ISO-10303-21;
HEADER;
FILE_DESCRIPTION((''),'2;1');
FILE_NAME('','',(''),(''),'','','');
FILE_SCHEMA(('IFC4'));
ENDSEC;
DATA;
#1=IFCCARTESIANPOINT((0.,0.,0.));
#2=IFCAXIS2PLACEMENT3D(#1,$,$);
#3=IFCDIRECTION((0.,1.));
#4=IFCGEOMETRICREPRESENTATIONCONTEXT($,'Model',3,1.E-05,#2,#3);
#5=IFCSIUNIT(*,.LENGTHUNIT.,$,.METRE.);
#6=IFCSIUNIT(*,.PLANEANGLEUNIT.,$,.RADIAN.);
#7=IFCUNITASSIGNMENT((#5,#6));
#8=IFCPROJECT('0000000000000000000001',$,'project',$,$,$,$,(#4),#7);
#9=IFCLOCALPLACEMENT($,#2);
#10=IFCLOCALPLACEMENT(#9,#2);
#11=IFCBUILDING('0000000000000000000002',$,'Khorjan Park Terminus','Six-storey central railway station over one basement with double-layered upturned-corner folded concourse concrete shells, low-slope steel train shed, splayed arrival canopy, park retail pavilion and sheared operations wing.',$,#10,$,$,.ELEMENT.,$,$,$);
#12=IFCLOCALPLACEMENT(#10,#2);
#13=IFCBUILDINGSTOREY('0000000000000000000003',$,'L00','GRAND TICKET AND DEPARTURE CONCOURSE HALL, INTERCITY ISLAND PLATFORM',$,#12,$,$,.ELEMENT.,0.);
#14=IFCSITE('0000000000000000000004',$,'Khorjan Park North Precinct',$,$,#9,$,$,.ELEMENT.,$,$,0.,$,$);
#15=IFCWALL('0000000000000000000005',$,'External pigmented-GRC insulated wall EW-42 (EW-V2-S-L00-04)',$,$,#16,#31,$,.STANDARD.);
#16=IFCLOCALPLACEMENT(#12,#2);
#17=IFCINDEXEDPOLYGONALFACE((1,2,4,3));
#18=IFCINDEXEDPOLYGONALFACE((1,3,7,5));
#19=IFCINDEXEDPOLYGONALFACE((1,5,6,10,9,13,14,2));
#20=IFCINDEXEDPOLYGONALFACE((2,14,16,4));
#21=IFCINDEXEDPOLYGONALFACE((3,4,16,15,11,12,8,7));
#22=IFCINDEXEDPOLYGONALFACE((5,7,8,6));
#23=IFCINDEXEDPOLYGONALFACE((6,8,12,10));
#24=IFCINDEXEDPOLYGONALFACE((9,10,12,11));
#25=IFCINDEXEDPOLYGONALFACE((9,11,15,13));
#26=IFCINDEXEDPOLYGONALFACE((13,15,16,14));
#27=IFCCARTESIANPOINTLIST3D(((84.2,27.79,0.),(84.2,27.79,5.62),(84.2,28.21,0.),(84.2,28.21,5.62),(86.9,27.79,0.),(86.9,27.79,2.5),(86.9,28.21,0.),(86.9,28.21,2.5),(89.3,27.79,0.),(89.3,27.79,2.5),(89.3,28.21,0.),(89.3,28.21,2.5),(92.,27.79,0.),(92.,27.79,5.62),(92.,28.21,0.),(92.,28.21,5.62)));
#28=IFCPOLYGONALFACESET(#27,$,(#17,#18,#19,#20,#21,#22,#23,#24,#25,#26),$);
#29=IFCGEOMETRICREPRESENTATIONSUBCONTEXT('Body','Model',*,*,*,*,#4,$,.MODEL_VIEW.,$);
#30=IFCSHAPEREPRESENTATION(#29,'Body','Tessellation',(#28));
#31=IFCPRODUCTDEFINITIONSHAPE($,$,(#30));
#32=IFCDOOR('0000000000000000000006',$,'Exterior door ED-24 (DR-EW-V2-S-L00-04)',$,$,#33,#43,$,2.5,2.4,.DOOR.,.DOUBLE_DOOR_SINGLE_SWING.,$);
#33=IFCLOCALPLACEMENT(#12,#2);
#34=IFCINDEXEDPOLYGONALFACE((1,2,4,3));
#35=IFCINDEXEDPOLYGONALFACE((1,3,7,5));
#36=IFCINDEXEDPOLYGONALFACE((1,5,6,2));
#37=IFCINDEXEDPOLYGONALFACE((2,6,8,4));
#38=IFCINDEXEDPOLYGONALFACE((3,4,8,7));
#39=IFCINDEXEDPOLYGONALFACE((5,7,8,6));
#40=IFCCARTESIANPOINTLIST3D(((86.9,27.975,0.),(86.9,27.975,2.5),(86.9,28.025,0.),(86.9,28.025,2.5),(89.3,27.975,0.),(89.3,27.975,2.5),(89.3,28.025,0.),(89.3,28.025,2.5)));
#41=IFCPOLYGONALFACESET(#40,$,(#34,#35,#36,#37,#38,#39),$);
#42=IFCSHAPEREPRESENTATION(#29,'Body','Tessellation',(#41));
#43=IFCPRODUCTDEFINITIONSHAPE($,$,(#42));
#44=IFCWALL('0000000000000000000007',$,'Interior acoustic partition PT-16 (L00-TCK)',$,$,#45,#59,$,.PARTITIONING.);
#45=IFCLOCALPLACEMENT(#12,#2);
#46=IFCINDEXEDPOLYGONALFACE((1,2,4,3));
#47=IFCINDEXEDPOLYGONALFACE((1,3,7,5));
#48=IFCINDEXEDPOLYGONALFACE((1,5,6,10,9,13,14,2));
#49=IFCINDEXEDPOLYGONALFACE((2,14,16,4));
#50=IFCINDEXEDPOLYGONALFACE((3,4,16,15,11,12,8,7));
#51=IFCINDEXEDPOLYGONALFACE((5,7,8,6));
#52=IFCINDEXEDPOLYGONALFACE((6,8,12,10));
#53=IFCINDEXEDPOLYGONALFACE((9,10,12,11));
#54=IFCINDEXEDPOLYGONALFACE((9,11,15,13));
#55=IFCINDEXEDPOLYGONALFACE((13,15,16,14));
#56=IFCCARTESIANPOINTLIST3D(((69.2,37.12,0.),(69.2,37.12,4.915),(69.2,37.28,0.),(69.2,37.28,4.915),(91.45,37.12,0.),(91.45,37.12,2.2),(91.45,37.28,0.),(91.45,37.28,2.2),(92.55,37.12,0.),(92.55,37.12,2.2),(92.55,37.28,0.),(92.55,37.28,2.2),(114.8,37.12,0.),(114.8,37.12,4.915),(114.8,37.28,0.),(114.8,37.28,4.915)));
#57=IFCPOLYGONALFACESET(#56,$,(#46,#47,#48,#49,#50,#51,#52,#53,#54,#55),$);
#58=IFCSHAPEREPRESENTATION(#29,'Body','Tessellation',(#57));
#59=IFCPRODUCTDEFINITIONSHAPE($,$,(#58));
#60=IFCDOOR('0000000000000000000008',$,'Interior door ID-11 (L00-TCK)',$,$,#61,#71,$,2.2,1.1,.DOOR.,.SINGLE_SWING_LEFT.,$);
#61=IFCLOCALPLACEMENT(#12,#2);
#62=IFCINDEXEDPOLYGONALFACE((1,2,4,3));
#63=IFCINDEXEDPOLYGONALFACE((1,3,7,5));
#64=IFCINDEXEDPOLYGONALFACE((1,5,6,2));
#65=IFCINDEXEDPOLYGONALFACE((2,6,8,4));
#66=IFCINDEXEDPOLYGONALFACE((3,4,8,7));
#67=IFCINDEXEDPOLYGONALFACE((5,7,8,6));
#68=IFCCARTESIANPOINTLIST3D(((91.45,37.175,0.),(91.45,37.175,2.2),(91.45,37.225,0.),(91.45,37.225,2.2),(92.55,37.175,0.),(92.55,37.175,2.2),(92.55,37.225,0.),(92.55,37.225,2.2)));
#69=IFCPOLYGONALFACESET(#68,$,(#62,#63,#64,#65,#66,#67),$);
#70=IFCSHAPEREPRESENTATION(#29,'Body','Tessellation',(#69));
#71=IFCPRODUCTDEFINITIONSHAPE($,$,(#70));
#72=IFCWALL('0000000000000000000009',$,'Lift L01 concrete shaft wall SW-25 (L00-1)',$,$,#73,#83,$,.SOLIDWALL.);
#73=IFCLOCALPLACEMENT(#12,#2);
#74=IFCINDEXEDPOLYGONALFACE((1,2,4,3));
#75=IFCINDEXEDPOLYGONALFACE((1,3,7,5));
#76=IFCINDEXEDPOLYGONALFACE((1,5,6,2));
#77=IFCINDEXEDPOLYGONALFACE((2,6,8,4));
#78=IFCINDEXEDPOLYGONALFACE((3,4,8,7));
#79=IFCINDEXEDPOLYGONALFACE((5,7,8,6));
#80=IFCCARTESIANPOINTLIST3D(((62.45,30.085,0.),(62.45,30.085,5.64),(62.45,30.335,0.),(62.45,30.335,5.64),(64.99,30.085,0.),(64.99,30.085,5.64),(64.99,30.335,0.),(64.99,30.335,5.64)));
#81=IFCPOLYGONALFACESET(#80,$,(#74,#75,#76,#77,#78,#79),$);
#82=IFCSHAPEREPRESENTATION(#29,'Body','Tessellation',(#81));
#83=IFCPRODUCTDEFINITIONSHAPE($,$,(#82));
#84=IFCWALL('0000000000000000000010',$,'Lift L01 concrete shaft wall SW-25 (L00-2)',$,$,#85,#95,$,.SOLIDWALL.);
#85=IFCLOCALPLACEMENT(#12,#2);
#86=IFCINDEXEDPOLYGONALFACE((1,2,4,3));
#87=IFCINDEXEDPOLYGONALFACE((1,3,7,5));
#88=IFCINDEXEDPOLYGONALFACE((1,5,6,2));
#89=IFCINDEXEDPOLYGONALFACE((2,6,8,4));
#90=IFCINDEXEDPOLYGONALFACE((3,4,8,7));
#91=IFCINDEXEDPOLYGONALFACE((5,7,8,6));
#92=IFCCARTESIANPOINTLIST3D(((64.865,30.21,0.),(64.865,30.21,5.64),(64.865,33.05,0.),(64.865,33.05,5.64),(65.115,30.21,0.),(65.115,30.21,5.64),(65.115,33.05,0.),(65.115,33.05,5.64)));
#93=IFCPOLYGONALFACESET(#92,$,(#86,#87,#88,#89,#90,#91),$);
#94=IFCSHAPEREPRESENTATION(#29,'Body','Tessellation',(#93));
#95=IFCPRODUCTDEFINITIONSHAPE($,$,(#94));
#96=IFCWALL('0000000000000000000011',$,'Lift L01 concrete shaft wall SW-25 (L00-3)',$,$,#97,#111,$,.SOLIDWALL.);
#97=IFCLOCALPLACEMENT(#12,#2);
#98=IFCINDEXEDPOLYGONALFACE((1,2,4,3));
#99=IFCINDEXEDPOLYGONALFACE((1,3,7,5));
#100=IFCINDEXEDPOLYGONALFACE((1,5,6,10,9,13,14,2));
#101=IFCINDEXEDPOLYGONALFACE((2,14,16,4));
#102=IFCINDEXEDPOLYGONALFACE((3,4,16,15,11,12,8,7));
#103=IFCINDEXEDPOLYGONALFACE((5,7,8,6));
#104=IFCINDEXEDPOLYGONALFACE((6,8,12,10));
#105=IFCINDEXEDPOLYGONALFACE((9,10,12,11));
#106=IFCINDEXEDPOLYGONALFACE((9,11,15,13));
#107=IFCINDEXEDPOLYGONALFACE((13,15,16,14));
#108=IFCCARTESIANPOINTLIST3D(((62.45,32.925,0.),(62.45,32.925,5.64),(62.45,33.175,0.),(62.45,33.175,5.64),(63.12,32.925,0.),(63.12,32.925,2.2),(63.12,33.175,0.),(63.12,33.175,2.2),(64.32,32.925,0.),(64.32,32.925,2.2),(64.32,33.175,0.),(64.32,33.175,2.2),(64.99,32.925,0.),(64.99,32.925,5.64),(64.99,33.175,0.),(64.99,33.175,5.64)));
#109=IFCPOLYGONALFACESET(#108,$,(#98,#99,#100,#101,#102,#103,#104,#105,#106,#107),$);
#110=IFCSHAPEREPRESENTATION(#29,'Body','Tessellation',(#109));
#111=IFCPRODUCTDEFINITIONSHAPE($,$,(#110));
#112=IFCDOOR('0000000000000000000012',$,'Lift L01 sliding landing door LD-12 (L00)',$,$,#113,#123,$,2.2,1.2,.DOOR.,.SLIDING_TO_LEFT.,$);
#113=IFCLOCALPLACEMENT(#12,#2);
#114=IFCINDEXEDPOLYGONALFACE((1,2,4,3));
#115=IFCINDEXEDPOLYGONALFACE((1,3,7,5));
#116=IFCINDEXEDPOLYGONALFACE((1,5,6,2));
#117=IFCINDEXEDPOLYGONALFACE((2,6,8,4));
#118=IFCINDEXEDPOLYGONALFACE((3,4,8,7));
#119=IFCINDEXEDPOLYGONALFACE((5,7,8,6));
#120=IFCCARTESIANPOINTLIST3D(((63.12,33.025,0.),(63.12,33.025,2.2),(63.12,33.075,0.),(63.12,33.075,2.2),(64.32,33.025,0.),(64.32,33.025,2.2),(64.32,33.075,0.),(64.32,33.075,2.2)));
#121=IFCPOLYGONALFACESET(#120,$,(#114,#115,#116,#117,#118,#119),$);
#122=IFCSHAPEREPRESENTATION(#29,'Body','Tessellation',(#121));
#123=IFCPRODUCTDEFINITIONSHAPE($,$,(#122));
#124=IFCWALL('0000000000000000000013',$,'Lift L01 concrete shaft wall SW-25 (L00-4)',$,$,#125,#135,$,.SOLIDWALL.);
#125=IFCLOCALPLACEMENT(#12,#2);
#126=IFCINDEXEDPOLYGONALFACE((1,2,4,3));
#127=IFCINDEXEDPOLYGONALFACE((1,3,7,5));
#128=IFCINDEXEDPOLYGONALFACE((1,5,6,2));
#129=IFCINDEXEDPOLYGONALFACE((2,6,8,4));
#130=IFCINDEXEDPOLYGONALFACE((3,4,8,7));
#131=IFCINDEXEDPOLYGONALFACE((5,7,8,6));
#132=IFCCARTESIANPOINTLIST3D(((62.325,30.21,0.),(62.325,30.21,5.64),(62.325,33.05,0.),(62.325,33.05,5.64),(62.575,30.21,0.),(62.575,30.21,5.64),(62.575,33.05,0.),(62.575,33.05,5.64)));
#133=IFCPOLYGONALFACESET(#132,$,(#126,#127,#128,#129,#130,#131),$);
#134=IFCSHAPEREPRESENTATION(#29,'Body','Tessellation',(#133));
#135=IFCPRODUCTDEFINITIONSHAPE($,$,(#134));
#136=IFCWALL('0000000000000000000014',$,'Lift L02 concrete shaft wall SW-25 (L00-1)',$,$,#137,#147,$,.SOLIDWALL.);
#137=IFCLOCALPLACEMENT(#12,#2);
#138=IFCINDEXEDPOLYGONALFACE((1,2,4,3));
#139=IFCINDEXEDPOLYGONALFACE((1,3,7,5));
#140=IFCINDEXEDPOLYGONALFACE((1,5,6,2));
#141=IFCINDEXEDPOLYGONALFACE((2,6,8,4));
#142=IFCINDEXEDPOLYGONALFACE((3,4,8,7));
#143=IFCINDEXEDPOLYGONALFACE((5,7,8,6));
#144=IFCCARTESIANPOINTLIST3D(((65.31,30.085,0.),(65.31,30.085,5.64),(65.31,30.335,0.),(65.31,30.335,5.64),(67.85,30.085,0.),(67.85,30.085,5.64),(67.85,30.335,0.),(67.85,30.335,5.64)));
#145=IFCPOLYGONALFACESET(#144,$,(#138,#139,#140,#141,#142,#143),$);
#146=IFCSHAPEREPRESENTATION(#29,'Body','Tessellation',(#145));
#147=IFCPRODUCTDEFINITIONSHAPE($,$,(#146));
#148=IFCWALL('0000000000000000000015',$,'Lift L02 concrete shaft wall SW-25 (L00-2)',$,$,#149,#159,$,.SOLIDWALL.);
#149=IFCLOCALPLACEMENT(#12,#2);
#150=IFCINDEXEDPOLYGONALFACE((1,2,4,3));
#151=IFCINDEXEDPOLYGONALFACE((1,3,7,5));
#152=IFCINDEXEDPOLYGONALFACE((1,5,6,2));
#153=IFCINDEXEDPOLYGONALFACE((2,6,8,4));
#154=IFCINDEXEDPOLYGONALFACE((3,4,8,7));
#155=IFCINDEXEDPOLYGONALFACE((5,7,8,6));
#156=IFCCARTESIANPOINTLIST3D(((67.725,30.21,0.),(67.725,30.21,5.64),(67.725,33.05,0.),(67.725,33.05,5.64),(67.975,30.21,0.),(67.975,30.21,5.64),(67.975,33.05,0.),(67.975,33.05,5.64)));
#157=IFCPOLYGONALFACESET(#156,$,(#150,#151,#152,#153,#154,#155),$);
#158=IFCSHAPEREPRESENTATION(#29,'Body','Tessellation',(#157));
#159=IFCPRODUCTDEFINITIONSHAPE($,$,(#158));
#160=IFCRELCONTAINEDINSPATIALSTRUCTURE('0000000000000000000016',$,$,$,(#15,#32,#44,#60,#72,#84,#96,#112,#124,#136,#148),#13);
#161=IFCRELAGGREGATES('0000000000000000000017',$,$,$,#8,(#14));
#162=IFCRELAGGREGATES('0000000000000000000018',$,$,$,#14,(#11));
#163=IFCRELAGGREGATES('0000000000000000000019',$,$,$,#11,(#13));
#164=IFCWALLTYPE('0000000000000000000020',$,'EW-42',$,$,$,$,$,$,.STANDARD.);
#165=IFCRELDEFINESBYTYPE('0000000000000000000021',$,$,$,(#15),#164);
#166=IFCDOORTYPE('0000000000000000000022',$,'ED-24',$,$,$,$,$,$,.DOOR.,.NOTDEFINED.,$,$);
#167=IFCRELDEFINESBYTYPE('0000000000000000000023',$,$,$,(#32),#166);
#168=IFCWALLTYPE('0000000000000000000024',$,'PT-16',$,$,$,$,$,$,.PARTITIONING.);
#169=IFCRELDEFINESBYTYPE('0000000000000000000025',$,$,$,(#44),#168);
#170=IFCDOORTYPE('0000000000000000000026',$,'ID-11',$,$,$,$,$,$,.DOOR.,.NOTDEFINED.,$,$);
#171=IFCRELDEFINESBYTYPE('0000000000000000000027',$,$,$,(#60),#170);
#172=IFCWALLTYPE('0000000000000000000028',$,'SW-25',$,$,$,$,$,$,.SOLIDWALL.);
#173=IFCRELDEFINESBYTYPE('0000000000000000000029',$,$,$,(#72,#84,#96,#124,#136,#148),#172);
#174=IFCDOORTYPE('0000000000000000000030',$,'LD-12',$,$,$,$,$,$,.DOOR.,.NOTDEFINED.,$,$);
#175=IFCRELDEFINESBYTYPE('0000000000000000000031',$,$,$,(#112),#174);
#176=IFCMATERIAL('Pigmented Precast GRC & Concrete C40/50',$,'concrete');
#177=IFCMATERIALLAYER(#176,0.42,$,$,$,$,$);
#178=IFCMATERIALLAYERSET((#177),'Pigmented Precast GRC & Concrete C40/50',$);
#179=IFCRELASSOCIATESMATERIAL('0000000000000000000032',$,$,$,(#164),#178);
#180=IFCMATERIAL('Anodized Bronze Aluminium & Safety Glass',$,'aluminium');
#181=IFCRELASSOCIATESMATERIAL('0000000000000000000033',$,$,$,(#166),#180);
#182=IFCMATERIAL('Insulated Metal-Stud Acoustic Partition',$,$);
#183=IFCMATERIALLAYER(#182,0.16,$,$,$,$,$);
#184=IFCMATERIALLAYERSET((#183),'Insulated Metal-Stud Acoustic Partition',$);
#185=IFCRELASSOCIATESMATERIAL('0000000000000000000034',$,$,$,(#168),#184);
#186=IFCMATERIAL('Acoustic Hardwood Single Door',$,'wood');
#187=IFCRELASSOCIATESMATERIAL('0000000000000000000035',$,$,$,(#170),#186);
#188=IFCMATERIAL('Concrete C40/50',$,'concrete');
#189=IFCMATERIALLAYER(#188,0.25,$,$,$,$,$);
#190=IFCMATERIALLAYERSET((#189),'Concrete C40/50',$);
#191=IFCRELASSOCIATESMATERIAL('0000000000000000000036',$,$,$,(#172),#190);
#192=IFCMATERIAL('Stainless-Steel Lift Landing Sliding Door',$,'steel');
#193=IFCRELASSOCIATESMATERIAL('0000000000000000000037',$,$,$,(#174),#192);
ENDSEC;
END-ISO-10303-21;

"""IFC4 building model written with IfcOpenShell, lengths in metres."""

from ifc_helpers import new_model, si_unit, direction, frame, frame_2d, origin, place, context, subcontext, project, spatial, rectangle, extrude, material, layer, layer_set, type_object, element, fill, save


model = new_model("IFC4")

# Units and contexts
model_context = context("Model", 3, precision=1e-05, world=origin(), true_north=direction((0.0, 1.0)))
body_context = subcontext(model_context, "Body", "Model", "MODEL_VIEW")
ifc_project = project(units=[si_unit("LENGTHUNIT", "METRE"), si_unit("PLANEANGLEUNIT", "RADIAN")], contexts=[model_context])

# Site, building, storey
site_placement = place(None, origin())
site = spatial("IfcSite", under=ifc_project, at=site_placement, Name="Khorjan Park North Precinct", CompositionType="ELEMENT", RefElevation=0.0)
building_placement = place(site_placement, origin())
building = spatial("IfcBuilding", under=site, at=building_placement, Name="Khorjan Park Terminus", Description="Six-storey central railway station over one basement with double-layered upturned-corner folded concourse concrete shells, low-slope steel train shed, splayed arrival canopy, park retail pavilion and sheared operations wing.", CompositionType="ELEMENT")
storey_placement = place(building_placement, origin())
storey = spatial("IfcBuildingStorey", under=building, at=storey_placement, Name="L00", Description="GRAND TICKET AND DEPARTURE CONCOURSE HALL, INTERCITY ISLAND PLATFORM", CompositionType="ELEMENT", Elevation=0.0)

# Shared definitions
ifc_material_1 = material(Name="Concrete C40/50", Category="concrete")

# Walls, openings, doors
ifc_material_2 = material(Name="Pigmented Precast GRC & Concrete C40/50", Category="concrete")
ifc_layer_1 = layer(ifc_material_2, 0.42)
ifc_layer_set_1 = layer_set([ifc_layer_1], Name="Pigmented Precast GRC & Concrete C40/50")
wall_type_1 = type_object("IfcWallType", Name="EW-42", PredefinedType="STANDARD", material=ifc_layer_set_1)
ifc_material_3 = material(Name="Anodized Bronze Aluminium & Safety Glass", Category="aluminium")
door_type_1 = type_object("IfcDoorType", Name="ED-24", OperationType="NOTDEFINED", PredefinedType="DOOR", material=ifc_material_3)
wall_1_placement = place(storey_placement, frame((84.2, 28.0, 0.0), z_axis=(0.0, 0.0, 1.0), x_axis=(1.0, 0.0, 0.0)))
wall_1 = element("IfcWall", 1, at=wall_1_placement, inside=storey, type_object=wall_type_1, Name="External pigmented-GRC insulated wall EW-42 (EW-V2-S-L00-04)", PredefinedType="STANDARD", context=body_context, shape_type="SweptSolid", body=[
    extrude(rectangle(XDim=7.8, YDim=0.42, at=frame_2d((3.9, 0.0))), origin(), (0.0, 0.0, 1.0), 5.62),
])
opening_1_placement = place(wall_1_placement, frame((2.7, 0.0, 0.0)))
opening_1 = element("IfcOpeningElement", 2, at=opening_1_placement, cuts=wall_1, PredefinedType="OPENING", context=body_context, shape_type="SweptSolid", body=[
    extrude(rectangle(XDim=2.4, YDim=2.5, at=frame_2d((1.2, 1.25))), frame((0.0, 0.22, 0.0), z_axis=(0.0, -1.0, 0.0), x_axis=(1.0, 0.0, 0.0)), (0.0, 0.0, 1.0), 0.44),
])
door_1_placement = place(opening_1_placement, origin())
door_1 = element("IfcDoor", 3, at=door_1_placement, inside=storey, type_object=door_type_1, Name="Exterior door ED-24 (DR-EW-V2-S-L00-04)", OperationType="DOUBLE_DOOR_SINGLE_SWING", OverallHeight=2.5, OverallWidth=2.4, PredefinedType="DOOR", context=body_context, shape_type="SweptSolid", body=[
    extrude(rectangle(XDim=2.4, YDim=2.5, at=frame_2d((1.2, 1.25))), frame((0.0, 0.025, 0.0), z_axis=(0.0, -1.0, 0.0), x_axis=(1.0, 0.0, 0.0)), (0.0, 0.0, 1.0), 0.05),
])
fill(opening_1, door_1)
ifc_material_4 = material(Name="Insulated Metal-Stud Acoustic Partition")
ifc_layer_2 = layer(ifc_material_4, 0.16)
ifc_layer_set_2 = layer_set([ifc_layer_2], Name="Insulated Metal-Stud Acoustic Partition")
wall_type_2 = type_object("IfcWallType", Name="PT-16", PredefinedType="PARTITIONING", material=ifc_layer_set_2)
wall_2_placement = place(storey_placement, frame((69.2, 37.2, 0.0), z_axis=(0.0, 0.0, 1.0), x_axis=(1.0, 0.0, 0.0)))
wall_2 = element("IfcWall", 4, at=wall_2_placement, inside=storey, type_object=wall_type_2, Name="Interior acoustic partition PT-16 (L00-TCK)", PredefinedType="PARTITIONING", context=body_context, shape_type="SweptSolid", body=[
    extrude(rectangle(XDim=45.6, YDim=0.16, at=frame_2d((22.8, 0.0))), origin(), (0.0, 0.0, 1.0), 4.915),
])
opening_2_placement = place(wall_2_placement, frame((22.25, 0.0, 0.0)))
opening_2 = element("IfcOpeningElement", 5, at=opening_2_placement, cuts=wall_2, PredefinedType="OPENING", context=body_context, shape_type="SweptSolid", body=[
    extrude(rectangle(XDim=1.1, YDim=2.2, at=frame_2d((0.55, 1.1))), frame((0.0, 0.09, 0.0), z_axis=(0.0, -1.0, 0.0), x_axis=(1.0, 0.0, 0.0)), (0.0, 0.0, 1.0), 0.18),
])
ifc_material_5 = material(Name="Acoustic Hardwood Single Door", Category="wood")
door_type_2 = type_object("IfcDoorType", Name="ID-11", OperationType="NOTDEFINED", PredefinedType="DOOR", material=ifc_material_5)
door_2_placement = place(opening_2_placement, origin())
door_2 = element("IfcDoor", 6, at=door_2_placement, inside=storey, type_object=door_type_2, Name="Interior door ID-11 (L00-TCK)", OperationType="SINGLE_SWING_LEFT", OverallHeight=2.2, OverallWidth=1.1, PredefinedType="DOOR", context=body_context, shape_type="SweptSolid", body=[
    extrude(rectangle(XDim=1.1, YDim=2.2, at=frame_2d((0.55, 1.1))), frame((0.0, 0.025, 0.0), z_axis=(0.0, -1.0, 0.0), x_axis=(1.0, 0.0, 0.0)), (0.0, 0.0, 1.0), 0.05),
])
fill(opening_2, door_2)

# Walls
ifc_layer_3 = layer(ifc_material_1, 0.25)
ifc_layer_set_3 = layer_set([ifc_layer_3], Name="Concrete C40/50")
wall_type_3 = type_object("IfcWallType", Name="SW-25", PredefinedType="SOLIDWALL", material=ifc_layer_set_3)
wall_3_placement = place(storey_placement, frame((62.45, 30.21, 0.0), z_axis=(0.0, 0.0, 1.0), x_axis=(1.0, 0.0, 0.0)))
element("IfcWall", 7, at=wall_3_placement, inside=storey, type_object=wall_type_3, Name="Lift L01 concrete shaft wall SW-25 (L00-1)", PredefinedType="SOLIDWALL", context=body_context, shape_type="SweptSolid", body=[
    extrude(rectangle(XDim=2.54, YDim=0.25, at=frame_2d((1.27, 0.0))), origin(), (0.0, 0.0, 1.0), 5.64),
])
wall_4_placement = place(storey_placement, frame((64.99, 30.21, 0.0), z_axis=(0.0, 0.0, 1.0), x_axis=(0.0, 1.0, 0.0)))
element("IfcWall", 8, at=wall_4_placement, inside=storey, type_object=wall_type_3, Name="Lift L01 concrete shaft wall SW-25 (L00-2)", PredefinedType="SOLIDWALL", context=body_context, shape_type="SweptSolid", body=[
    extrude(rectangle(XDim=2.84, YDim=0.25, at=frame_2d((1.42, 0.0))), origin(), (0.0, 0.0, 1.0), 5.64),
])

# Wall, opening, door
wall_5_placement = place(storey_placement, frame((64.99, 33.05, 0.0), z_axis=(0.0, 0.0, 1.0), x_axis=(-1.0, 0.0, 0.0)))
wall_5 = element("IfcWall", 9, at=wall_5_placement, inside=storey, type_object=wall_type_3, Name="Lift L01 concrete shaft wall SW-25 (L00-3)", PredefinedType="SOLIDWALL", context=body_context, shape_type="SweptSolid", body=[
    extrude(rectangle(XDim=2.54, YDim=0.25, at=frame_2d((1.27, 0.0))), origin(), (0.0, 0.0, 1.0), 5.64),
])
opening_3_placement = place(wall_5_placement, frame((0.67, 0.0, 0.0)))
opening_3 = element("IfcOpeningElement", 10, at=opening_3_placement, cuts=wall_5, PredefinedType="OPENING", context=body_context, shape_type="SweptSolid", body=[
    extrude(rectangle(XDim=1.2, YDim=2.2, at=frame_2d((0.6, 1.1))), frame((0.0, 0.135, 0.0), z_axis=(0.0, -1.0, 0.0), x_axis=(1.0, 0.0, 0.0)), (0.0, 0.0, 1.0), 0.27),
])
ifc_material_6 = material(Name="Stainless-Steel Lift Landing Sliding Door", Category="steel")
door_type_3 = type_object("IfcDoorType", Name="LD-12", OperationType="NOTDEFINED", PredefinedType="DOOR", material=ifc_material_6)
door_3_placement = place(opening_3_placement, origin())
door_3 = element("IfcDoor", 11, at=door_3_placement, inside=storey, type_object=door_type_3, Name="Lift L01 sliding landing door LD-12 (L00)", OperationType="SLIDING_TO_LEFT", OverallHeight=2.2, OverallWidth=1.2, PredefinedType="DOOR", context=body_context, shape_type="SweptSolid", body=[
    extrude(rectangle(XDim=1.2, YDim=2.2, at=frame_2d((0.6, 1.1))), frame((0.0, 0.025, 0.0), z_axis=(0.0, -1.0, 0.0), x_axis=(1.0, 0.0, 0.0)), (0.0, 0.0, 1.0), 0.05),
])
fill(opening_3, door_3)

# Walls
wall_6_placement = place(storey_placement, frame((62.45, 33.05, 0.0), z_axis=(0.0, 0.0, 1.0), x_axis=(0.0, -1.0, 0.0)))
element("IfcWall", 12, at=wall_6_placement, inside=storey, type_object=wall_type_3, Name="Lift L01 concrete shaft wall SW-25 (L00-4)", PredefinedType="SOLIDWALL", context=body_context, shape_type="SweptSolid", body=[
    extrude(rectangle(XDim=2.84, YDim=0.25, at=frame_2d((1.42, 0.0))), origin(), (0.0, 0.0, 1.0), 5.64),
])
wall_7_placement = place(storey_placement, frame((65.31, 30.21, 0.0), z_axis=(0.0, 0.0, 1.0), x_axis=(1.0, 0.0, 0.0)))
element("IfcWall", 13, at=wall_7_placement, inside=storey, type_object=wall_type_3, Name="Lift L02 concrete shaft wall SW-25 (L00-1)", PredefinedType="SOLIDWALL", context=body_context, shape_type="SweptSolid", body=[
    extrude(rectangle(XDim=2.54, YDim=0.25, at=frame_2d((1.27, 0.0))), origin(), (0.0, 0.0, 1.0), 5.64),
])
wall_8_placement = place(storey_placement, frame((67.85, 30.21, 0.0), z_axis=(0.0, 0.0, 1.0), x_axis=(0.0, 1.0, 0.0)))
element("IfcWall", 14, at=wall_8_placement, inside=storey, type_object=wall_type_3, Name="Lift L02 concrete shaft wall SW-25 (L00-2)", PredefinedType="SOLIDWALL", context=body_context, shape_type="SweptSolid", body=[
    extrude(rectangle(XDim=2.84, YDim=0.25, at=frame_2d((1.42, 0.0))), origin(), (0.0, 0.0, 1.0), 5.64),
])

save(model, "model.ifc")
